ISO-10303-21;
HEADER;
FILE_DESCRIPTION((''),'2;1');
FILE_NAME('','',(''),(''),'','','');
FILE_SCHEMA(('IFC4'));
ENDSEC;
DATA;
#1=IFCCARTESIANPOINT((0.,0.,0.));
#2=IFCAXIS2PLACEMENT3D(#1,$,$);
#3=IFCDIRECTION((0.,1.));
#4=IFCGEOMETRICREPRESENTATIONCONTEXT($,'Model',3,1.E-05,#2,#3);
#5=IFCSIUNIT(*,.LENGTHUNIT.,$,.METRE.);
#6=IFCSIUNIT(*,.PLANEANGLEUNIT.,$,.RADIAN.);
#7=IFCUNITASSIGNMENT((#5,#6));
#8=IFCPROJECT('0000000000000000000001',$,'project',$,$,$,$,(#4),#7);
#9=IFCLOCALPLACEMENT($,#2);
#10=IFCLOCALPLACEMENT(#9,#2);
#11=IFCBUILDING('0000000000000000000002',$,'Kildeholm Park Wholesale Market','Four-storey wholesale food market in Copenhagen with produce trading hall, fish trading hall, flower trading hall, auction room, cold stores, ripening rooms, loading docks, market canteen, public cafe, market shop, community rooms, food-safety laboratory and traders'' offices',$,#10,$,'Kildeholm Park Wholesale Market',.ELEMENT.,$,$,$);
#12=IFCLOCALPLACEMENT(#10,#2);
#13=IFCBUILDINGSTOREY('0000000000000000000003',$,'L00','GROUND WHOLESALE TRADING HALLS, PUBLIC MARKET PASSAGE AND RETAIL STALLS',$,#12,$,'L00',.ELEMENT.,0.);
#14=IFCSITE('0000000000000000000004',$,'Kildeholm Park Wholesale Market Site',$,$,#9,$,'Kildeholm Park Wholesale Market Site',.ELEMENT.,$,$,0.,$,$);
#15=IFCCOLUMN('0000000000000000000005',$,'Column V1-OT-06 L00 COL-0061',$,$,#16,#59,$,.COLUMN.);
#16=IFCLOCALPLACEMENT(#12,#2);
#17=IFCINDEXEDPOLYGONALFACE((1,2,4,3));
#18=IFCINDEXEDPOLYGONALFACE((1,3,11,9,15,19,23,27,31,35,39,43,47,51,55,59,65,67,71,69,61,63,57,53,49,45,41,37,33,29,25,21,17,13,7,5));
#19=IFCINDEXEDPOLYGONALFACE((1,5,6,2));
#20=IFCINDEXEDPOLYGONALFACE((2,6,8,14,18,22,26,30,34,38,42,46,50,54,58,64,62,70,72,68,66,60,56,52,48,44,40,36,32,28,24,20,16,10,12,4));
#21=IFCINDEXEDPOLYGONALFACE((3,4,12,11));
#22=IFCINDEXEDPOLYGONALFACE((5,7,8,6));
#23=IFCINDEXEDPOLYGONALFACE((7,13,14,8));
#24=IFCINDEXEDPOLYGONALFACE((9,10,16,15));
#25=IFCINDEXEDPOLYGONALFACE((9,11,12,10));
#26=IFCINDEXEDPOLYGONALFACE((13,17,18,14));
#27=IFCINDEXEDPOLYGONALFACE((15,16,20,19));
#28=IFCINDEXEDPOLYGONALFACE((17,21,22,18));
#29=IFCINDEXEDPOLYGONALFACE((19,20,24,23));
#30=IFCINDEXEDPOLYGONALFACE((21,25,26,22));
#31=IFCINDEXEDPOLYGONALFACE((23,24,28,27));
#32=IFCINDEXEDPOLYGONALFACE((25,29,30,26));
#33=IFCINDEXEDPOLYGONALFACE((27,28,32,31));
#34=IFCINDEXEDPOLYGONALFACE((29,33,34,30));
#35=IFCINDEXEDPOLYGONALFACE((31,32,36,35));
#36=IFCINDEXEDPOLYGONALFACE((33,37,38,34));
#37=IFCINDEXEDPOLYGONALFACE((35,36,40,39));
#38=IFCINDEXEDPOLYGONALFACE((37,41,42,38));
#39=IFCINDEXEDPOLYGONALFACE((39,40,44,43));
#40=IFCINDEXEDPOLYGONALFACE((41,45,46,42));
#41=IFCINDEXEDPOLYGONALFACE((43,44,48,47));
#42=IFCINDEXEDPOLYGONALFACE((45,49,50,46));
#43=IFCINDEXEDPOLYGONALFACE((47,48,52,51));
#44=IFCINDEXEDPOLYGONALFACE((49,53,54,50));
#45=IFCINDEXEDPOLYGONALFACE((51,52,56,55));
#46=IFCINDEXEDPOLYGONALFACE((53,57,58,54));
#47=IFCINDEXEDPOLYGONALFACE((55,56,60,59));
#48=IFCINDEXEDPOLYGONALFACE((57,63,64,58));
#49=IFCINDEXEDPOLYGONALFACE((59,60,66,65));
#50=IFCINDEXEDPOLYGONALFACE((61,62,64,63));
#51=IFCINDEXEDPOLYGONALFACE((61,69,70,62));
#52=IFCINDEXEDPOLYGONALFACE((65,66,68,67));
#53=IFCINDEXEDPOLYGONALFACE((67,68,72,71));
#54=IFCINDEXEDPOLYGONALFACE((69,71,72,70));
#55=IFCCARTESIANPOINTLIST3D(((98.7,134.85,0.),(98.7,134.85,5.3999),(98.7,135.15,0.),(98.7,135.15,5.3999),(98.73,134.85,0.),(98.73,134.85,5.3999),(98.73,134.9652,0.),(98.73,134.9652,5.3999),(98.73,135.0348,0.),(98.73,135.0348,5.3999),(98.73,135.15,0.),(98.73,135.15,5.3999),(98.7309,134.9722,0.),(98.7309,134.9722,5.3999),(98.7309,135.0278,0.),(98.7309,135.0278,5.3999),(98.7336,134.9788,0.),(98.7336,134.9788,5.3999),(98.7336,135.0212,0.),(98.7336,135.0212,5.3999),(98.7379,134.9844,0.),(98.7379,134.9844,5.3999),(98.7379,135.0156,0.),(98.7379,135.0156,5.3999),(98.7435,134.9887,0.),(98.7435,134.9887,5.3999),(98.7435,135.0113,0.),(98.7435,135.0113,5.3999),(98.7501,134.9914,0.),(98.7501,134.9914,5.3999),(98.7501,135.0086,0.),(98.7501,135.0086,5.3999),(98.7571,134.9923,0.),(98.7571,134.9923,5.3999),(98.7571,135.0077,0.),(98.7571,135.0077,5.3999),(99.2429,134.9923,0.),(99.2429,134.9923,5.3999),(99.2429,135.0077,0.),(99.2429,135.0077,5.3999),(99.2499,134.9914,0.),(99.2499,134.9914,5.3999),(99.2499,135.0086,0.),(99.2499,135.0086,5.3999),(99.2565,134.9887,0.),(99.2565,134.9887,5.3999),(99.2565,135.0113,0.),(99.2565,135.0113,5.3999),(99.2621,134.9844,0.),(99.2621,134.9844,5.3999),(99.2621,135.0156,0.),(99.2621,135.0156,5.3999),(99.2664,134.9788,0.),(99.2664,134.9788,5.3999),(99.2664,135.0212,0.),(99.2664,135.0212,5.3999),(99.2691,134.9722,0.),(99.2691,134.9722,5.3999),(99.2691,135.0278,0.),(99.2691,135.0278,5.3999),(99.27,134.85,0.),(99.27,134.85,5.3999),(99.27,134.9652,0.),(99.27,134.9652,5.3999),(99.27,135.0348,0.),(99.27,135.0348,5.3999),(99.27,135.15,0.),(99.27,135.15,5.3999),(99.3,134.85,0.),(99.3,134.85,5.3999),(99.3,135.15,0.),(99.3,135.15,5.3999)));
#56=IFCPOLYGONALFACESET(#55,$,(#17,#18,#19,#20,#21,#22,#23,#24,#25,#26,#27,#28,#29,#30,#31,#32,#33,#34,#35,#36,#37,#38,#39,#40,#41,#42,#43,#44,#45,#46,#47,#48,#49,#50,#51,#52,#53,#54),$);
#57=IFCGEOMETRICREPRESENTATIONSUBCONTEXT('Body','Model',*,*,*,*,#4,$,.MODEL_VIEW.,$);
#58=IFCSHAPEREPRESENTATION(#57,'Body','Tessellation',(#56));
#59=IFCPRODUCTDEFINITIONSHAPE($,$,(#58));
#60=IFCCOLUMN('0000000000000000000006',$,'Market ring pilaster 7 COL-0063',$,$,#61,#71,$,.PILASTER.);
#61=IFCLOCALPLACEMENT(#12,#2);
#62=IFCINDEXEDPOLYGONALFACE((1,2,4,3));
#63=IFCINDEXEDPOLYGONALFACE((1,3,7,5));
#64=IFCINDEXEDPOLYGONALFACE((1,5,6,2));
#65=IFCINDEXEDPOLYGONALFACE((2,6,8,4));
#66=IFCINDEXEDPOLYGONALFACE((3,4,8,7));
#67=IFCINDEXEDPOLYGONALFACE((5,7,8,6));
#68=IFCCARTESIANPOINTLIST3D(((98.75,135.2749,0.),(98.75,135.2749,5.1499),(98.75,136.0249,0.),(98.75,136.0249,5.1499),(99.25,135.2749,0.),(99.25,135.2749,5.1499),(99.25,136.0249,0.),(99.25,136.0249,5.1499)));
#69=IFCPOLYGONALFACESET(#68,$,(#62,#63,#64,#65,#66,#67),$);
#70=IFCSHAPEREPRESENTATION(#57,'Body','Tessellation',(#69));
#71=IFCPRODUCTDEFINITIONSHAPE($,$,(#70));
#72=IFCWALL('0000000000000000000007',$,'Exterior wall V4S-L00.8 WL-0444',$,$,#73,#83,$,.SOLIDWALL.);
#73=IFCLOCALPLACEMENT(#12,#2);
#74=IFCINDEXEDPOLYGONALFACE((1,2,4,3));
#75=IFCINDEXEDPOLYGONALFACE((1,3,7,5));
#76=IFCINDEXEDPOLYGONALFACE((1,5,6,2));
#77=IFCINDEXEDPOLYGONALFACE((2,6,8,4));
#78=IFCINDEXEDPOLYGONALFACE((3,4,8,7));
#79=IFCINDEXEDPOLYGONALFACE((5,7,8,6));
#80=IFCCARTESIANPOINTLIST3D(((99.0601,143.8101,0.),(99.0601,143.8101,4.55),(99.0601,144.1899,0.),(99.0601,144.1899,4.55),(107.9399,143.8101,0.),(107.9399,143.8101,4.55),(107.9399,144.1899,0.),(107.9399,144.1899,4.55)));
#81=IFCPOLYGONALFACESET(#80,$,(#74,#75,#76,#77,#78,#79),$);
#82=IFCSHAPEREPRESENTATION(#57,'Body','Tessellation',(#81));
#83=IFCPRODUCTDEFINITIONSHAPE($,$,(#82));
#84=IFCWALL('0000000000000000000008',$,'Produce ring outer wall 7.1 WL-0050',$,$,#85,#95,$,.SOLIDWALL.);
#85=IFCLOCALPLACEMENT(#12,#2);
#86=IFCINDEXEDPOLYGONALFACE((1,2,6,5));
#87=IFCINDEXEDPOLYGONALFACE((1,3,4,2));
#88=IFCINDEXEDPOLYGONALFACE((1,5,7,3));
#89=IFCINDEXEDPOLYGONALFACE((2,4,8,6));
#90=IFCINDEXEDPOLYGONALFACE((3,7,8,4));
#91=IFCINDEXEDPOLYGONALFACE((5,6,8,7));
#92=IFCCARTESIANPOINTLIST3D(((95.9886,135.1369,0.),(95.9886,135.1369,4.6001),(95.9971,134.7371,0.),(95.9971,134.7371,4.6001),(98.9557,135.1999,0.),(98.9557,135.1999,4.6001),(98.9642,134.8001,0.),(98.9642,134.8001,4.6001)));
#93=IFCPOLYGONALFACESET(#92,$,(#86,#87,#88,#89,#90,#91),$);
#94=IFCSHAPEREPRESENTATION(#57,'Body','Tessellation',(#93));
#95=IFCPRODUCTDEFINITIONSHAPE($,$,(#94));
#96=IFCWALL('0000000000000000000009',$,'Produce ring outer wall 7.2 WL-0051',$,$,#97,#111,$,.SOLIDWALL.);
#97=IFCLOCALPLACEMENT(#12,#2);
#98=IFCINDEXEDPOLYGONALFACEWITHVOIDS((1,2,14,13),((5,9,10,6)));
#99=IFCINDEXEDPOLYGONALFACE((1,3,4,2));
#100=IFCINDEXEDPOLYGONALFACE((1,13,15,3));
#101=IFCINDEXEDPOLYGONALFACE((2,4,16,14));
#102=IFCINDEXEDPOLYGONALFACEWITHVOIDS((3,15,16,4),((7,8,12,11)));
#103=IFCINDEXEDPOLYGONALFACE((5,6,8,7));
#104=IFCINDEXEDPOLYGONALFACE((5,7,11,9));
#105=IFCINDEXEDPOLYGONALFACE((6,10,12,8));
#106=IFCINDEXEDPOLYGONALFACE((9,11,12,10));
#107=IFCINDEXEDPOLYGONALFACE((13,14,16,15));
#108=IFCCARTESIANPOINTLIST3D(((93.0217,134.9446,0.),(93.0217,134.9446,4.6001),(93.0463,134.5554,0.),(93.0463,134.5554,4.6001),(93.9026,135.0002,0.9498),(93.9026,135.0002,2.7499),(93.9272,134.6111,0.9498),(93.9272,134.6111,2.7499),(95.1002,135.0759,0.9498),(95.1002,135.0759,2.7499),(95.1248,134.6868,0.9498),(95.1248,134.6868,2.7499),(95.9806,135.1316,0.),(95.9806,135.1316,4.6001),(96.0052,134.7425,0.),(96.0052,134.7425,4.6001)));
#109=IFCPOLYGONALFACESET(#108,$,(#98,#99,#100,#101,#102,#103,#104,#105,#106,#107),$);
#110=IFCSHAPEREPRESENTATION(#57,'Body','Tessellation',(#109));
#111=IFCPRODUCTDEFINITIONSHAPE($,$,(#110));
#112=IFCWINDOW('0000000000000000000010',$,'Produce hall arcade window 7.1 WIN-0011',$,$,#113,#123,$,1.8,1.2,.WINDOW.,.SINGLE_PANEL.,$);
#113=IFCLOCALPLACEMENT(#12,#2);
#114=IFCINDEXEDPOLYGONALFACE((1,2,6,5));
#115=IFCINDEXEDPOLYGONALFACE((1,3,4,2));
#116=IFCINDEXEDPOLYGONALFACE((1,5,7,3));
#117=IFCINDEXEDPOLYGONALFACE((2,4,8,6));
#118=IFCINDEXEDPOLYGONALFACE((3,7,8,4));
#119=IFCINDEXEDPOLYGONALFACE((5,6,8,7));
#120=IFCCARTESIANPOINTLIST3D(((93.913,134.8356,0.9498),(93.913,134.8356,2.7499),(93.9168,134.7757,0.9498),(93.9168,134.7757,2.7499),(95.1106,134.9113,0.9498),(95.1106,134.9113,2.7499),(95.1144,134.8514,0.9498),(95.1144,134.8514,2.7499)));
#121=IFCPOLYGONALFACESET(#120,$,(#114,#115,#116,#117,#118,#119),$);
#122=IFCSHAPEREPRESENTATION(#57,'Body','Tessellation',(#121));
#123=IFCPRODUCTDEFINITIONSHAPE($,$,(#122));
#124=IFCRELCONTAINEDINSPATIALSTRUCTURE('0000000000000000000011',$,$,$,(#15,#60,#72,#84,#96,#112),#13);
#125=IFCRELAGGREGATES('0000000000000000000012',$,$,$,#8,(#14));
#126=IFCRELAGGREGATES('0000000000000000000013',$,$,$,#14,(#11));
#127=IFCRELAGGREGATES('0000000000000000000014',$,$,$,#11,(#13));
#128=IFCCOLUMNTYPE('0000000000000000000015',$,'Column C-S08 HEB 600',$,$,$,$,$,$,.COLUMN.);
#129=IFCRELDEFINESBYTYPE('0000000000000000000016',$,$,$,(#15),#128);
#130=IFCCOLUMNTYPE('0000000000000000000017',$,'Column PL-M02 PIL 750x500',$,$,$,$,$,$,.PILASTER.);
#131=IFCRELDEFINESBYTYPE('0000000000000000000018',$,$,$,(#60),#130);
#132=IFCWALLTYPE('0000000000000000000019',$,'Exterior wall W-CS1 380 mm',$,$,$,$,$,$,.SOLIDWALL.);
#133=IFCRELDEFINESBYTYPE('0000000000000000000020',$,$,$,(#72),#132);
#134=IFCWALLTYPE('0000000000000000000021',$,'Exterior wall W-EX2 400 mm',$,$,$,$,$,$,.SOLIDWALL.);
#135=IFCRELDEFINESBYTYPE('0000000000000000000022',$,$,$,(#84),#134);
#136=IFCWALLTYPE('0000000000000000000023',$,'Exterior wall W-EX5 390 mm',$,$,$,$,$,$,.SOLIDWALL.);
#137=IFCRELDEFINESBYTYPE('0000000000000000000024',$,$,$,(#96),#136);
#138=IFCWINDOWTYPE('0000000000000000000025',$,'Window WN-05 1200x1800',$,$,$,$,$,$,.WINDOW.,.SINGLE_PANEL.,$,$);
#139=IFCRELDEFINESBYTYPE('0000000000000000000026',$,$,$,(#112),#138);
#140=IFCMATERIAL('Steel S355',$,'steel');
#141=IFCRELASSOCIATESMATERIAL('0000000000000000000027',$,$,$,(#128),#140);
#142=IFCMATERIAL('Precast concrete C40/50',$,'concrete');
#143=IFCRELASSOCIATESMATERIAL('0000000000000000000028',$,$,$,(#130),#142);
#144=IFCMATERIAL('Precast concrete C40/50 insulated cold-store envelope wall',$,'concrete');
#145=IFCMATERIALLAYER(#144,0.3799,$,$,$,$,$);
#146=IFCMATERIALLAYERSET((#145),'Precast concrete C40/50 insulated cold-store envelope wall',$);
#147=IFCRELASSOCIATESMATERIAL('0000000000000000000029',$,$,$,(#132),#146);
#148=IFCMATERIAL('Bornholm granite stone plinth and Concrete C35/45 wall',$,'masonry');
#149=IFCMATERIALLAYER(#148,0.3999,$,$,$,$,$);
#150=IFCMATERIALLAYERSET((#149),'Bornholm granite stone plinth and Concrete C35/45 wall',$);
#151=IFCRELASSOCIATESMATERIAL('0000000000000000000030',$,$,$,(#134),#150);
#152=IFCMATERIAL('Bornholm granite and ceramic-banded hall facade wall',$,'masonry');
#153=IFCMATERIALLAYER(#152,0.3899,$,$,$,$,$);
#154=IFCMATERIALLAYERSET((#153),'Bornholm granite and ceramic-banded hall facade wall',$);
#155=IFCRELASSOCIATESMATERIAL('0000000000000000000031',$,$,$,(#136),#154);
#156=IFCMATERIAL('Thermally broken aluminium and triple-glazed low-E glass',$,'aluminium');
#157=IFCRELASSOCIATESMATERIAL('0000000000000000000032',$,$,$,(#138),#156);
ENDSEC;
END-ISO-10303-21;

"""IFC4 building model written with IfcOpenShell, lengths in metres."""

from ifc_helpers import new_model, si_unit, direction, frame, frame_2d, origin, origin_2d, place, context, subcontext, project, spatial, rectangle, i_section, extrude, material, layer, layer_set, material_profile, profile_set, type_object, element, fill, save


model = new_model("IFC4")

# Units and contexts
model_context = context("Model", 3, precision=1e-05, world=origin(), true_north=direction((0.0, 1.0)))
body_context = subcontext(model_context, "Body", "Model", "MODEL_VIEW")
ifc_project = project(units=[si_unit("LENGTHUNIT", "METRE"), si_unit("PLANEANGLEUNIT", "RADIAN")], contexts=[model_context])

# Site, building, storey
site_placement = place(None, origin())
site = spatial("IfcSite", under=ifc_project, at=site_placement, Name="Kildeholm Park Wholesale Market Site", LongName="Kildeholm Park Wholesale Market Site", CompositionType="ELEMENT", RefElevation=0.0)
building_placement = place(site_placement, origin())
building = spatial("IfcBuilding", under=site, at=building_placement, Name="Kildeholm Park Wholesale Market", Description="Four-storey wholesale food market in Copenhagen with produce trading hall, fish trading hall, flower trading hall, auction room, cold stores, ripening rooms, loading docks, market canteen, public cafe, market shop, community rooms, food-safety laboratory and traders' offices", LongName="Kildeholm Park Wholesale Market", CompositionType="ELEMENT")
storey_placement = place(building_placement, origin())
storey = spatial("IfcBuildingStorey", under=building, at=storey_placement, Name="L00", Description="GROUND WHOLESALE TRADING HALLS, PUBLIC MARKET PASSAGE AND RETAIL STALLS", LongName="L00", CompositionType="ELEMENT", Elevation=0.0)

# Columns
ifc_material_1 = material(Name="Steel S355", Category="steel")
ifc_material_profile_1 = material_profile(ifc_material_1, i_section(OverallWidth=0.3, OverallDepth=0.6001, WebThickness=0.0154, FlangeThickness=0.03, FilletRadius=0.0271, at=origin_2d()), Name="HEB 600")
ifc_profile_set_1 = profile_set([ifc_material_profile_1], Name="Steel S355")
column_type_1 = type_object("IfcColumnType", Name="Column C-S08 HEB 600", PredefinedType="COLUMN", material=ifc_profile_set_1)
column_1_placement = place(storey_placement, frame((99.0, 135.0, 0.0), z_axis=(0.0, 0.0, 1.0), x_axis=(0.0, 1.0, 0.0)))
element("IfcColumn", 1, at=column_1_placement, inside=storey, type_object=column_type_1, Name="Column V1-OT-06 L00 COL-0061", PredefinedType="COLUMN", context=body_context, shape_type="SweptSolid", body=[
    extrude(i_section(OverallWidth=0.3, OverallDepth=0.6001, WebThickness=0.0154, FlangeThickness=0.03, FilletRadius=0.0271, at=origin_2d()), origin(), (0.0, 0.0, 1.0), 5.3999),
])
ifc_material_2 = material(Name="Precast concrete C40/50", Category="concrete")
ifc_material_profile_2 = material_profile(ifc_material_2, rectangle(XDim=0.75, YDim=0.5, at=origin_2d()), Name="PIL 750x500")
ifc_profile_set_2 = profile_set([ifc_material_profile_2], Name="Precast concrete C40/50")
column_type_2 = type_object("IfcColumnType", Name="Column PL-M02 PIL 750x500", PredefinedType="PILASTER", material=ifc_profile_set_2)
column_2_placement = place(storey_placement, frame((99.0, 135.6499, 0.0), z_axis=(0.0, 0.0, 1.0), x_axis=(0.0, 1.0, 0.0)))
element("IfcColumn", 2, at=column_2_placement, inside=storey, type_object=column_type_2, Name="Market ring pilaster 7 COL-0063", PredefinedType="PILASTER", context=body_context, shape_type="SweptSolid", body=[
    extrude(rectangle(XDim=0.75, YDim=0.5, at=origin_2d()), origin(), (0.0, 0.0, 1.0), 5.1499),
])

# Wall
ifc_material_3 = material(Name="Precast concrete C40/50 insulated cold-store envelope wall", Category="concrete")
ifc_layer_1 = layer(ifc_material_3, 0.3799)
ifc_layer_set_1 = layer_set([ifc_layer_1], Name="Precast concrete C40/50 insulated cold-store envelope wall")
wall_type_1 = type_object("IfcWallType", Name="Exterior wall W-CS1 380 mm", PredefinedType="SOLIDWALL", material=ifc_layer_set_1)
wall_1_placement = place(storey_placement, frame((99.0601, 144.0, 0.0), z_axis=(0.0, 0.0, 1.0), x_axis=(1.0, 0.0, 0.0)))
element("IfcWall", 3, at=wall_1_placement, inside=storey, type_object=wall_type_1, Name="Exterior wall V4S-L00.8 WL-0444", PredefinedType="SOLIDWALL", context=body_context, shape_type="SweptSolid", body=[
    extrude(rectangle(XDim=8.8799, YDim=0.3799, at=frame_2d((4.4399, 0.0))), origin(), (0.0, 0.0, 1.0), 4.55),
])

# Wall
ifc_material_4 = material(Name="Bornholm granite stone plinth and Concrete C35/45 wall", Category="masonry")
ifc_layer_2 = layer(ifc_material_4, 0.3999)
ifc_layer_set_2 = layer_set([ifc_layer_2], Name="Bornholm granite stone plinth and Concrete C35/45 wall")
wall_type_2 = type_object("IfcWallType", Name="Exterior wall W-EX2 400 mm", PredefinedType="SOLIDWALL", material=ifc_layer_set_2)
wall_2_placement = place(storey_placement, frame((98.96, 135.0, 0.0), z_axis=(0.0, 0.0, 1.0), x_axis=(-0.999775, -0.021225, 0.0)))
element("IfcWall", 4, at=wall_2_placement, inside=storey, type_object=wall_type_2, Name="Produce ring outer wall 7.1 WL-0050", PredefinedType="SOLIDWALL", context=body_context, shape_type="SweptSolid", body=[
    extrude(rectangle(XDim=2.9678, YDim=0.3999, at=frame_2d((1.4839, 0.0))), origin(), (0.0, 0.0, 1.0), 4.6001),
])

# Wall, opening, window
ifc_material_5 = material(Name="Bornholm granite and ceramic-banded hall facade wall", Category="masonry")
ifc_layer_3 = layer(ifc_material_5, 0.3899)
ifc_layer_set_3 = layer_set([ifc_layer_3], Name="Bornholm granite and ceramic-banded hall facade wall")
wall_type_3 = type_object("IfcWallType", Name="Exterior wall W-EX5 390 mm", PredefinedType="SOLIDWALL", material=ifc_layer_set_3)
wall_3_placement = place(storey_placement, frame((95.9929, 134.937, 0.0), z_axis=(0.0, 0.0, 1.0), x_axis=(-0.998009, -0.063075, 0.0)))
wall_3 = element("IfcWall", 5, at=wall_3_placement, inside=storey, type_object=wall_type_3, Name="Produce ring outer wall 7.2 WL-0051", PredefinedType="SOLIDWALL", context=body_context, shape_type="SweptSolid", body=[
    extrude(rectangle(XDim=2.9648, YDim=0.3899, at=frame_2d((1.4824, 0.0))), origin(), (0.0, 0.0, 1.0), 4.6001),
])
opening_1_placement = place(wall_3_placement, frame((0.8821, 0.0, 0.95)))
opening_1 = element("IfcOpeningElement", 6, at=opening_1_placement, cuts=wall_3, PredefinedType="OPENING", context=body_context, shape_type="SweptSolid", body=[
    extrude(rectangle(XDim=1.2, YDim=1.8, at=frame_2d((0.6001, 0.8999))), frame((0.0, 0.2048, 0.0), z_axis=(0.0, -1.0, 0.0), x_axis=(1.0, 0.0, 0.0)), (0.0, 0.0, 1.0), 0.4099),
])
ifc_material_6 = material(Name="Thermally broken aluminium and triple-glazed low-E glass", Category="aluminium")
window_type = type_object("IfcWindowType", Name="Window WN-05 1200x1800", PartitioningType="SINGLE_PANEL", PredefinedType="WINDOW", material=ifc_material_6)
window_placement = place(opening_1_placement, origin())
window = element("IfcWindow", 7, at=window_placement, inside=storey, type_object=window_type, Name="Produce hall arcade window 7.1 WIN-0011", OverallHeight=1.8, OverallWidth=1.2, PartitioningType="SINGLE_PANEL", PredefinedType="WINDOW", context=body_context, shape_type="SweptSolid", body=[
    extrude(rectangle(XDim=1.2, YDim=1.8, at=frame_2d((0.6001, 0.8999))), frame((0.0, 0.03, 0.0), z_axis=(0.0, -1.0, 0.0), x_axis=(1.0, 0.0, 0.0)), (0.0, 0.0, 1.0), 0.0601),
])
fill(opening_1, window)

save(model, "model.ifc")
